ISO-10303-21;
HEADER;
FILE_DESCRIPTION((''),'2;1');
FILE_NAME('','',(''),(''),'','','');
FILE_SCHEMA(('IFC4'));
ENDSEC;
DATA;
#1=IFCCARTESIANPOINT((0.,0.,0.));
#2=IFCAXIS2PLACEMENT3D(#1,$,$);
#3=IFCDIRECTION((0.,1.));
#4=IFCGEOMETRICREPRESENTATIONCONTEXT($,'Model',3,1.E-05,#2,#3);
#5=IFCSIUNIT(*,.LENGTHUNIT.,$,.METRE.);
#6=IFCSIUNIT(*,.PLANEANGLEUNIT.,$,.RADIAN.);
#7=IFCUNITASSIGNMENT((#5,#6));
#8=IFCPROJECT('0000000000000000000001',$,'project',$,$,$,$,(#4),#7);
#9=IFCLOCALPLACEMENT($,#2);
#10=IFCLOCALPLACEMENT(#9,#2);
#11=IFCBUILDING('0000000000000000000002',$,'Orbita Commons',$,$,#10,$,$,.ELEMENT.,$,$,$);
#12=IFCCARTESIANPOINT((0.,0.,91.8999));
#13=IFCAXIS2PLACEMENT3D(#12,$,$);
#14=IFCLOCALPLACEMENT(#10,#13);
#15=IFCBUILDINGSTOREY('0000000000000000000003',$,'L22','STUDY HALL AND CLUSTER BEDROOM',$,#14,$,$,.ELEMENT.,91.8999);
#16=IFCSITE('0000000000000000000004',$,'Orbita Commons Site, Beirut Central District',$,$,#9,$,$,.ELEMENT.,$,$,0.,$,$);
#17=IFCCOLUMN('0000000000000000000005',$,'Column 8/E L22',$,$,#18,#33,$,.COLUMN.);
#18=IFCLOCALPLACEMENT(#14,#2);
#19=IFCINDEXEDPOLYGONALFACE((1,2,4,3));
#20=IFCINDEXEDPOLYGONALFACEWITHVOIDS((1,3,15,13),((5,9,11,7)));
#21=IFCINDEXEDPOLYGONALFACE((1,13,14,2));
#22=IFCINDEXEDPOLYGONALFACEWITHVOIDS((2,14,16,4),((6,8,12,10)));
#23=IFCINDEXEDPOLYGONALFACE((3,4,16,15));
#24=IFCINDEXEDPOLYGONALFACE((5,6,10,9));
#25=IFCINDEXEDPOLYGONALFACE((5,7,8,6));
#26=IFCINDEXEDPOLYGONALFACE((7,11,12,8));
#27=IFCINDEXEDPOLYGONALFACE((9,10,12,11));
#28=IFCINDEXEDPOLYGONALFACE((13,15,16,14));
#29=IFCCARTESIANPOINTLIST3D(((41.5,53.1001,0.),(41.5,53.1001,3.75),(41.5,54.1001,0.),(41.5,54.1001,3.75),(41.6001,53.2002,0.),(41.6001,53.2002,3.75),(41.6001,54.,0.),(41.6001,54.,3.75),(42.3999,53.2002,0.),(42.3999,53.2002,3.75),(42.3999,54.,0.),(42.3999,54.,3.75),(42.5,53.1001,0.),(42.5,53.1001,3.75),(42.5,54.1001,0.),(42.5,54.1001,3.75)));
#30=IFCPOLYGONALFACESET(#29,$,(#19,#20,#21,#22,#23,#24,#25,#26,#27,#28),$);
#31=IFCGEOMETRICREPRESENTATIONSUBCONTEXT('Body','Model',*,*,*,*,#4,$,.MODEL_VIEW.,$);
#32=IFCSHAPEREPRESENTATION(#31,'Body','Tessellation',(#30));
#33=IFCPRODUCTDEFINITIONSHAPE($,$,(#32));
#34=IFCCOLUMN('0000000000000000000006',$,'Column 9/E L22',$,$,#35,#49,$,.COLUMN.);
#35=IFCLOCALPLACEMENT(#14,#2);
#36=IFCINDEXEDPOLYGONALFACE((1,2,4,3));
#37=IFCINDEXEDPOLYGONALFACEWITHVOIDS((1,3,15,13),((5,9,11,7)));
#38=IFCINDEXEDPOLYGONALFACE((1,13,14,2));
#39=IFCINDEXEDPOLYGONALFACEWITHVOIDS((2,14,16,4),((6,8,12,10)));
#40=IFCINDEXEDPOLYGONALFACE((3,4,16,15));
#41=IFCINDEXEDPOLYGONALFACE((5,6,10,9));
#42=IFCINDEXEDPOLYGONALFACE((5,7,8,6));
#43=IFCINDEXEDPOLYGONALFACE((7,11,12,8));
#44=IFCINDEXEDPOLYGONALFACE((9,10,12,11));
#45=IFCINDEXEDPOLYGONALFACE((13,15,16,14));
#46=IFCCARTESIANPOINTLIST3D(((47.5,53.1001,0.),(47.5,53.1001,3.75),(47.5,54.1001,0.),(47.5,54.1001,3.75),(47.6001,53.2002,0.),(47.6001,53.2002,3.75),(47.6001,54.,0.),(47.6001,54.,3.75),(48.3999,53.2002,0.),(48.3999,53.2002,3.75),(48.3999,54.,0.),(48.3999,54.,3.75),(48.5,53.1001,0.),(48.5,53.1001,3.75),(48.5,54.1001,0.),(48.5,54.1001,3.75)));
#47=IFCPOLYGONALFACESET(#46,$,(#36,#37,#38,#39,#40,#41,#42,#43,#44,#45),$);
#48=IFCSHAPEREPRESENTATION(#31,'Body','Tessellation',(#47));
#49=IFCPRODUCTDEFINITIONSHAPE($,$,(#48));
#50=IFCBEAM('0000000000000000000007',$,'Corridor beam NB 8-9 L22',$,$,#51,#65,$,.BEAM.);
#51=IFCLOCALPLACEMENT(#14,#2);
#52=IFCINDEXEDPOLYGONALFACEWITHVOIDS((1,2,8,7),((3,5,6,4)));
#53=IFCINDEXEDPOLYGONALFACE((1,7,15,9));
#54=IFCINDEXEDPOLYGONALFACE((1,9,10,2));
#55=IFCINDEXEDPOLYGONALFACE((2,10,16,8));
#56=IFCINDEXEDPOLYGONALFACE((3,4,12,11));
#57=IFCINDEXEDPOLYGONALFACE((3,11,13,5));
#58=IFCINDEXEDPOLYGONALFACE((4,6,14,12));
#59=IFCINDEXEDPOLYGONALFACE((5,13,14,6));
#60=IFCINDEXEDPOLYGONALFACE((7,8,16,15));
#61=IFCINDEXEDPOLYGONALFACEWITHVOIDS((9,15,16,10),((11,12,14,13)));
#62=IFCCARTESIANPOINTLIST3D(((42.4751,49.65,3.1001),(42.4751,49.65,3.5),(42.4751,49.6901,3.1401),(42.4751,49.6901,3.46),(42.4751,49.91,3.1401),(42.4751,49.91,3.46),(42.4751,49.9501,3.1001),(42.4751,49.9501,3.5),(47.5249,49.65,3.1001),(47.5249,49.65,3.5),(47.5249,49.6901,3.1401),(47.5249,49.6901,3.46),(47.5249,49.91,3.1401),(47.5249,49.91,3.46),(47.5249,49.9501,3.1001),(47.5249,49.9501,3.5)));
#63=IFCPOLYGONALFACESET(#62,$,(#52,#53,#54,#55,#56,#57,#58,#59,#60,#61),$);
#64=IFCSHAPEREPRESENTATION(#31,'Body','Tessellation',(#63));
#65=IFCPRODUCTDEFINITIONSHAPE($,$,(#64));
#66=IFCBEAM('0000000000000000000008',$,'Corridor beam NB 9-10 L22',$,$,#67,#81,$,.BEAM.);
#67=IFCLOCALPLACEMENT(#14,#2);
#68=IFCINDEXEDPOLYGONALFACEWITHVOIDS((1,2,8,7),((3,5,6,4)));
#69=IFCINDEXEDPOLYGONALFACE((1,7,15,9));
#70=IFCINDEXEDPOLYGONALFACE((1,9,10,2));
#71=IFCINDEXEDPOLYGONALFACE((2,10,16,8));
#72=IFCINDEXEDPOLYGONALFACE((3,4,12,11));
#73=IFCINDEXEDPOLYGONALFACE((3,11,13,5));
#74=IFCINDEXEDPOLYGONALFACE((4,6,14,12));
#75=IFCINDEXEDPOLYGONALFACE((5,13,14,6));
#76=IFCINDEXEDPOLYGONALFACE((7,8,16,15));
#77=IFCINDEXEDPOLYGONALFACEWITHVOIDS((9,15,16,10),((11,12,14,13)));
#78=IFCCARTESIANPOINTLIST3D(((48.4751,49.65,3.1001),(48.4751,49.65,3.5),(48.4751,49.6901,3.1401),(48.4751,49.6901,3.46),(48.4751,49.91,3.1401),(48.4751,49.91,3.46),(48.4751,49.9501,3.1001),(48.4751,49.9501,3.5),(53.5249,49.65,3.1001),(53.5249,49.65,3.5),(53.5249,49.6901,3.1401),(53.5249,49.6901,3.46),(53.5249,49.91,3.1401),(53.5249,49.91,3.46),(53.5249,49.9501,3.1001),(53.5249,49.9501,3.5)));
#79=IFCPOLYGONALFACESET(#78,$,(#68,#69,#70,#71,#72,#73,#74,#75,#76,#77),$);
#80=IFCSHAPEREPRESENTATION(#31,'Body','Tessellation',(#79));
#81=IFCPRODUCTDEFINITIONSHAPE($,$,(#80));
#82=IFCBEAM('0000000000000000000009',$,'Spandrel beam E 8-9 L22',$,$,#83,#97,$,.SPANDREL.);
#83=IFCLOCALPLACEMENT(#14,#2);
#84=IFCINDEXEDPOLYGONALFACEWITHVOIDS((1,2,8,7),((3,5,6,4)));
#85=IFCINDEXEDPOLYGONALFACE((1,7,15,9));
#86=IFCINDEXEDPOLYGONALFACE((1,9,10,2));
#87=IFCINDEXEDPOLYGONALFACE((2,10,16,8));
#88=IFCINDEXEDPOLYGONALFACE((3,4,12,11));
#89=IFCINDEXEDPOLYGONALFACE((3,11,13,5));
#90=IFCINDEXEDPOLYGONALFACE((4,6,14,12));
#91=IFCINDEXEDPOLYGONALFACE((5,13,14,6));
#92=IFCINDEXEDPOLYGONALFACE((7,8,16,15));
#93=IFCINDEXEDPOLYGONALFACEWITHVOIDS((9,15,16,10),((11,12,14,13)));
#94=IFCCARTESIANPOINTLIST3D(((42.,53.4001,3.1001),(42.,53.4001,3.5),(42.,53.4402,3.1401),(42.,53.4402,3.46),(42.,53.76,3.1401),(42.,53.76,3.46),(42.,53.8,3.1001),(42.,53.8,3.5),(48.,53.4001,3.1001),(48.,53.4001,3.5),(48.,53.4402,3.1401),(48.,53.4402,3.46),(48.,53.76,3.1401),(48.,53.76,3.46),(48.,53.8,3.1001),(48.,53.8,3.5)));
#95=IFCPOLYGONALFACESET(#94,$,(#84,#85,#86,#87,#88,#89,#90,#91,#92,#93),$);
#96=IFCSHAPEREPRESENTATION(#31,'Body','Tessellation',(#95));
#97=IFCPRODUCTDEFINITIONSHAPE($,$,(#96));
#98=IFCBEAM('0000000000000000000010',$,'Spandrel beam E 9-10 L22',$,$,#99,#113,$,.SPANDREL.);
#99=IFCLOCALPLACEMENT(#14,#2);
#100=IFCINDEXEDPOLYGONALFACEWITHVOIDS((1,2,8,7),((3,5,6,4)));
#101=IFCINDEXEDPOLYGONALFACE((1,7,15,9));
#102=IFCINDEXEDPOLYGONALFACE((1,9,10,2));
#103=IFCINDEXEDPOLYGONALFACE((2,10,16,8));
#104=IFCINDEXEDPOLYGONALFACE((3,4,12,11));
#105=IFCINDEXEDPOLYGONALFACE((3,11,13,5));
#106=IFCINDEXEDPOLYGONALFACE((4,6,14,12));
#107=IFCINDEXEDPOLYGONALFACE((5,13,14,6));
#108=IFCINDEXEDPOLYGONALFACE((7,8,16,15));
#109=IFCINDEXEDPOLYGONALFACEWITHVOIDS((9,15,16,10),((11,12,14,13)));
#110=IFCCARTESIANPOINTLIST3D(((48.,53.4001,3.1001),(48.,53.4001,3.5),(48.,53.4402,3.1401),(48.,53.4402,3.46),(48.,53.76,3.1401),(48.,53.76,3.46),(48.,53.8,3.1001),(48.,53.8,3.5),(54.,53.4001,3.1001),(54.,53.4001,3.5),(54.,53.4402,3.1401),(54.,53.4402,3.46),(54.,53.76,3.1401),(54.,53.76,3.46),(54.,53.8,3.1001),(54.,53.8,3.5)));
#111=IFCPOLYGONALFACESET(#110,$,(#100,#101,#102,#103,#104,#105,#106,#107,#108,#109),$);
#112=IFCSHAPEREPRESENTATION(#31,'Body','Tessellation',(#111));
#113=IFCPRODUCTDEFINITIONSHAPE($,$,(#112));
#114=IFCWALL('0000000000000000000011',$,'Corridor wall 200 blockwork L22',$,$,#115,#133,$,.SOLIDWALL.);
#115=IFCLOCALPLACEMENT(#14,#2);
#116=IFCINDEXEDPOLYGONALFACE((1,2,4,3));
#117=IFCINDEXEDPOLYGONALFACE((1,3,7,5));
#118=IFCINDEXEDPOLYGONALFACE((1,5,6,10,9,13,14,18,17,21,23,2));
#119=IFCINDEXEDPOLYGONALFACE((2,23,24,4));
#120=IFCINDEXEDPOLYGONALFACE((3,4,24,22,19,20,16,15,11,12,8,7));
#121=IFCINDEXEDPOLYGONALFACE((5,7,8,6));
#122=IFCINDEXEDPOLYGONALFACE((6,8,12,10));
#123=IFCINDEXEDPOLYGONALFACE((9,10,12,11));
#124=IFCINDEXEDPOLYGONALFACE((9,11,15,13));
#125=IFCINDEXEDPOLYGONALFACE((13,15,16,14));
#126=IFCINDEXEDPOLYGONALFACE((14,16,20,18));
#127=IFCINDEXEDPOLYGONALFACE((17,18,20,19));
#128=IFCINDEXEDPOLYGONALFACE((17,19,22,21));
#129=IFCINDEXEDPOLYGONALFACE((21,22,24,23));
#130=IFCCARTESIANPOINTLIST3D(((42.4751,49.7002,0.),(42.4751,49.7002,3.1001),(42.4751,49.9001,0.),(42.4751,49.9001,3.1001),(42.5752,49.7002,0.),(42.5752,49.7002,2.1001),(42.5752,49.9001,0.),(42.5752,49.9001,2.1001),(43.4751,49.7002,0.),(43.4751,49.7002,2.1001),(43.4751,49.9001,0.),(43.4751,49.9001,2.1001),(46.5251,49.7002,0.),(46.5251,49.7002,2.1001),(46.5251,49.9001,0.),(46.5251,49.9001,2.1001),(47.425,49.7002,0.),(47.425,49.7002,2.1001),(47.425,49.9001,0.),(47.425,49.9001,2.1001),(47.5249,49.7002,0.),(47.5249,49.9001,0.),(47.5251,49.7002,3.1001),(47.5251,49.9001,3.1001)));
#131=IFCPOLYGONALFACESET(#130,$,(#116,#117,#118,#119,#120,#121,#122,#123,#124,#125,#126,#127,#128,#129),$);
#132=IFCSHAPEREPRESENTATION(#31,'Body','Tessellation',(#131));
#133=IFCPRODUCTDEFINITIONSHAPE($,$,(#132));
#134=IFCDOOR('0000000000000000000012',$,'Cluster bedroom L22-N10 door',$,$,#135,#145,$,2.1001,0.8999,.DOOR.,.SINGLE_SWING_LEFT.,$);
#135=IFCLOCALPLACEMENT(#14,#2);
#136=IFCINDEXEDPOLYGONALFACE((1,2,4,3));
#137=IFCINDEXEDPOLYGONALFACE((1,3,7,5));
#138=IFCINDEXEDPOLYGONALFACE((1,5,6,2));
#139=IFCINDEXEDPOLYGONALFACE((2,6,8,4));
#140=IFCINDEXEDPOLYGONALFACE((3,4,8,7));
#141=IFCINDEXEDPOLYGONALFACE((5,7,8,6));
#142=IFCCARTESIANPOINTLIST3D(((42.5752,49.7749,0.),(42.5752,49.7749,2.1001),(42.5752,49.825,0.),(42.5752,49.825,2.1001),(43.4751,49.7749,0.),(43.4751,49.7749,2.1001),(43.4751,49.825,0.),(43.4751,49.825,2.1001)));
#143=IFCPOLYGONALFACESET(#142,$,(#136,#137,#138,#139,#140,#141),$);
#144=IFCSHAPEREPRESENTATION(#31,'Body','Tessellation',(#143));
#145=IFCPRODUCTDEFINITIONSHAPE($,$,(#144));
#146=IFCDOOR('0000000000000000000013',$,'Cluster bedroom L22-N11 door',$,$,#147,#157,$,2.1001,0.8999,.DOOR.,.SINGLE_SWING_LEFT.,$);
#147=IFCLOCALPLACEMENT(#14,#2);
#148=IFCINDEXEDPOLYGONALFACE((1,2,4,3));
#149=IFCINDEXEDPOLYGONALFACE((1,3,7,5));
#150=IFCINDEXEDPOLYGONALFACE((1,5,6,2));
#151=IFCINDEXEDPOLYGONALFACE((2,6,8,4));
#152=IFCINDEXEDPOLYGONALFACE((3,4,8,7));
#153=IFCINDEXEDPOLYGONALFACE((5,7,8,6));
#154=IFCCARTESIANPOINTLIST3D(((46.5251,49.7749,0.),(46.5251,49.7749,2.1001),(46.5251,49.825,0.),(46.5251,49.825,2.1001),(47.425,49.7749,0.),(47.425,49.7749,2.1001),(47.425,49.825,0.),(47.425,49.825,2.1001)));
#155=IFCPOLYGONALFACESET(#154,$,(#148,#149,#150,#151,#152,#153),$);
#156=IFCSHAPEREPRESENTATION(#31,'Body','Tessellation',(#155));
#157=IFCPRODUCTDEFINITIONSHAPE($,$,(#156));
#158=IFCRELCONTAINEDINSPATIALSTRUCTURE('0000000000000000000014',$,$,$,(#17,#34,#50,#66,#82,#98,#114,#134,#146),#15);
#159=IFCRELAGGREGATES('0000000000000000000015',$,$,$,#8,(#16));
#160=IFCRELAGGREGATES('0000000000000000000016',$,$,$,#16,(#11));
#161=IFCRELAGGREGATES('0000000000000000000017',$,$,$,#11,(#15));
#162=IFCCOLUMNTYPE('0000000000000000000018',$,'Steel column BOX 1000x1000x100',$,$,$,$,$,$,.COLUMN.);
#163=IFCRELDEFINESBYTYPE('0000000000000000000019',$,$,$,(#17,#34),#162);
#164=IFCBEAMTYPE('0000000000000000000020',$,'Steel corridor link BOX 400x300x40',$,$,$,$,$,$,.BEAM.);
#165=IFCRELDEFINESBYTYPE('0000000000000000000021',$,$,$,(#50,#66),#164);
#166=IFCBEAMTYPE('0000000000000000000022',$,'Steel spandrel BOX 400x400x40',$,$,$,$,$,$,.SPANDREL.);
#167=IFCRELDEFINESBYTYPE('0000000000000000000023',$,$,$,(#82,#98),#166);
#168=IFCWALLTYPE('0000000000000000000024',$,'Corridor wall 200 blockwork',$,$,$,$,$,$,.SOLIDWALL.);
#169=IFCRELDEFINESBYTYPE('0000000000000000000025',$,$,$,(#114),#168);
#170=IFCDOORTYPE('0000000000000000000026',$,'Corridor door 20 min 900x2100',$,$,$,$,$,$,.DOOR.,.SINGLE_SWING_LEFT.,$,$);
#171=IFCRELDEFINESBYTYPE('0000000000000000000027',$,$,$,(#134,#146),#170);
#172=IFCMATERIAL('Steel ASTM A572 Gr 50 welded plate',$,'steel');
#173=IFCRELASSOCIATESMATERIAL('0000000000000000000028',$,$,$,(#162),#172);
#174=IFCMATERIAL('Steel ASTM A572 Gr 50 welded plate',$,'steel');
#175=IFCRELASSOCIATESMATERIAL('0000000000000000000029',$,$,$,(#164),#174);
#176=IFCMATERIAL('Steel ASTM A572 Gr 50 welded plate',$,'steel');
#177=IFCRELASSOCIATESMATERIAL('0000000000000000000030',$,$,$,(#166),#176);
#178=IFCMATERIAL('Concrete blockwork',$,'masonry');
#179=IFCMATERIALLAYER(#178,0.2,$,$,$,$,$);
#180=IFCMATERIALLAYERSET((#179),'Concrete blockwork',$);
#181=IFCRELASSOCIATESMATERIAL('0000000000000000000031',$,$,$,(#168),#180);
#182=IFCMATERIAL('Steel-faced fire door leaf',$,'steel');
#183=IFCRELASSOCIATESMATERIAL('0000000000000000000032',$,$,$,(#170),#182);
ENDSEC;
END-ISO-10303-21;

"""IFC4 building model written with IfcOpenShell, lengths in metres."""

from ifc_helpers import new_model, si_unit, direction, frame, frame_2d, origin, origin_2d, place, context, subcontext, project, spatial, polyline, rectangle, hollow_rectangle, outline, extrude, material, layer, layer_set, material_profile, profile_set, type_object, element, fill, save


model = new_model("IFC4")

# Units and contexts
model_context = context("Model", 3, precision=1e-05, world=origin(), true_north=direction((0.0, 1.0)))
body_context = subcontext(model_context, "Body", "Model", "MODEL_VIEW")
ifc_project = project(units=[si_unit("LENGTHUNIT", "METRE"), si_unit("PLANEANGLEUNIT", "RADIAN")], contexts=[model_context])

# Site, building, storey
site_placement = place(None, origin())
site = spatial("IfcSite", under=ifc_project, at=site_placement, Name="Orbita Commons Site, Beirut Central District", CompositionType="ELEMENT", RefElevation=0.0)
building_placement = place(site_placement, origin())
building = spatial("IfcBuilding", under=site, at=building_placement, Name="Orbita Commons", CompositionType="ELEMENT")
storey_placement = place(building_placement, frame((0.0, 0.0, 91.8999)))
storey = spatial("IfcBuildingStorey", under=building, at=storey_placement, Name="L22", Description="STUDY HALL AND CLUSTER BEDROOM", CompositionType="ELEMENT", Elevation=91.8999)

# Columns
ifc_material_1 = material(Name="Steel ASTM A572 Gr 50 welded plate", Category="steel")
ifc_material_profile_1 = material_profile(ifc_material_1, hollow_rectangle(XDim=1.0, YDim=1.0, WallThickness=0.1001, at=origin_2d()), Name="BOX 1000x1000x100")
ifc_profile_set_1 = profile_set([ifc_material_profile_1], Name="Steel ASTM A572 Gr 50 welded plate")
column_type = type_object("IfcColumnType", Name="Steel column BOX 1000x1000x100", PredefinedType="COLUMN", material=ifc_profile_set_1)
for number, where, z_axis, x_axis, name in (
    (1, (42.0, 53.6001, 0.0), (0.0, 0.0, 1.0), (1.0, 0.0, 0.0), "Column 8/E L22"),
    (2, (48.0, 53.6001, 0.0), (0.0, 0.0, 1.0), (1.0, 0.0, 0.0), "Column 9/E L22"),
):
    element("IfcColumn", number, at=place(storey_placement, frame(where, z_axis=z_axis, x_axis=x_axis)), inside=storey, type_object=column_type, Name=name, PredefinedType="COLUMN", context=body_context, shape_type="SweptSolid", body=[
        extrude(hollow_rectangle(XDim=1.0, YDim=1.0, WallThickness=0.1001, at=origin_2d()), origin(), (0.0, 0.0, 1.0), 3.75),
    ])

# Beams
ifc_material_2 = material(Name="Steel ASTM A572 Gr 50 welded plate", Category="steel")
ifc_material_profile_2 = material_profile(ifc_material_2, hollow_rectangle(XDim=0.3, YDim=0.3999, WallThickness=0.04, at=origin_2d()), Name="BOX 400x300x40")
ifc_profile_set_2 = profile_set([ifc_material_profile_2], Name="Steel ASTM A572 Gr 50 welded plate")
beam_type_1 = type_object("IfcBeamType", Name="Steel corridor link BOX 400x300x40", PredefinedType="BEAM", material=ifc_profile_set_2)
for number, where, z_axis, x_axis, name in (
    (3, (42.4751, 49.8, 3.3), (1.0, 0.0, 0.0), (0.0, 1.0, 0.0), "Corridor beam NB 8-9 L22"),
    (4, (48.4751, 49.8, 3.3), (1.0, 0.0, 0.0), (0.0, 1.0, 0.0), "Corridor beam NB 9-10 L22"),
):
    element("IfcBeam", number, at=place(storey_placement, frame(where, z_axis=z_axis, x_axis=x_axis)), inside=storey, type_object=beam_type_1, Name=name, PredefinedType="BEAM", context=body_context, shape_type="SweptSolid", body=[
        extrude(hollow_rectangle(XDim=0.3, YDim=0.3999, WallThickness=0.04, at=origin_2d()), origin(), (0.0, 0.0, 1.0), 5.0498),
    ])
ifc_material_3 = material(Name="Steel ASTM A572 Gr 50 welded plate", Category="steel")
ifc_material_profile_3 = material_profile(ifc_material_3, hollow_rectangle(XDim=0.3999, YDim=0.3999, WallThickness=0.04, at=origin_2d()), Name="BOX 400x400x40")
ifc_profile_set_3 = profile_set([ifc_material_profile_3], Name="Steel ASTM A572 Gr 50 welded plate")
beam_type_2 = type_object("IfcBeamType", Name="Steel spandrel BOX 400x400x40", PredefinedType="SPANDREL", material=ifc_profile_set_3)
for number, where, z_axis, x_axis, name in (
    (5, (42.0, 53.6001, 3.3), (1.0, 0.0, 0.0), (0.0, 1.0, 0.0), "Spandrel beam E 8-9 L22"),
    (6, (48.0, 53.6001, 3.3), (1.0, 0.0, 0.0), (0.0, 1.0, 0.0), "Spandrel beam E 9-10 L22"),
):
    element("IfcBeam", number, at=place(storey_placement, frame(where, z_axis=z_axis, x_axis=x_axis)), inside=storey, type_object=beam_type_2, Name=name, PredefinedType="SPANDREL", context=body_context, shape_type="SweptSolid", body=[
        extrude(hollow_rectangle(XDim=0.3999, YDim=0.3999, WallThickness=0.04, at=origin_2d()), origin(), (0.0, 0.0, 1.0), 6.0),
    ])

# Wall, openings, doors
ifc_material_4 = material(Name="Concrete blockwork", Category="masonry")
ifc_layer_1 = layer(ifc_material_4, 0.2)
ifc_layer_set_1 = layer_set([ifc_layer_1], Name="Concrete blockwork")
wall_type_1 = type_object("IfcWallType", Name="Corridor wall 200 blockwork", PredefinedType="SOLIDWALL", material=ifc_layer_set_1)
wall_1_placement = place(storey_placement, frame((42.4751, 49.8, 0.0), z_axis=(0.0, 0.0, 1.0), x_axis=(1.0, 0.0, 0.0)))
wall_1 = element("IfcWall", 7, at=wall_1_placement, inside=storey, type_object=wall_type_1, Name="Corridor wall 200 blockwork L22", PredefinedType="SOLIDWALL", context=body_context, shape_type="SweptSolid", body=[
    extrude(outline(polyline([(0.0, 0.0), (5.0498, 0.0), (5.05, 3.1001), (0.0, 3.1001), (0.0, 0.0)])), frame((0.0, 0.1001, 0.0), z_axis=(0.0, -1.0, 0.0), x_axis=(1.0, 0.0, 0.0)), (0.0, 0.0, 1.0), 0.2),
])
opening_1_placement = place(wall_1_placement, frame((0.1001, 0.0, 0.0)))
opening_1 = element("IfcOpeningElement", 8, at=opening_1_placement, cuts=wall_1, PredefinedType="OPENING", context=body_context, shape_type="SweptSolid", body=[
    extrude(rectangle(XDim=0.8999, YDim=2.1001, at=frame_2d((0.45, 1.05))), frame((0.0, 0.1099, 0.0), z_axis=(0.0, -1.0, 0.0), x_axis=(1.0, 0.0, 0.0)), (0.0, 0.0, 1.0), 0.22),
])
opening_2_placement = place(wall_1_placement, frame((4.05, 0.0, 0.0)))
opening_2 = element("IfcOpeningElement", 9, at=opening_2_placement, cuts=wall_1, PredefinedType="OPENING", context=body_context, shape_type="SweptSolid", body=[
    extrude(rectangle(XDim=0.8999, YDim=2.1001, at=frame_2d((0.45, 1.05))), frame((0.0, 0.1099, 0.0), z_axis=(0.0, -1.0, 0.0), x_axis=(1.0, 0.0, 0.0)), (0.0, 0.0, 1.0), 0.22),
])
ifc_material_5 = material(Name="Steel-faced fire door leaf", Category="steel")
door_type_1 = type_object("IfcDoorType", Name="Corridor door 20 min 900x2100", OperationType="SINGLE_SWING_LEFT", PredefinedType="DOOR", material=ifc_material_5)
door_1_placement = place(opening_1_placement, origin())
door_1 = element("IfcDoor", 10, at=door_1_placement, inside=storey, type_object=door_type_1, Name="Cluster bedroom L22-N10 door", OperationType="SINGLE_SWING_LEFT", OverallHeight=2.1001, OverallWidth=0.8999, PredefinedType="DOOR", context=body_context, shape_type="SweptSolid", body=[
    extrude(rectangle(XDim=0.8999, YDim=2.1001, at=frame_2d((0.45, 1.05))), frame((0.0, 0.0249, 0.0), z_axis=(0.0, -1.0, 0.0), x_axis=(1.0, 0.0, 0.0)), (0.0, 0.0, 1.0), 0.05),
])
fill(opening_1, door_1)
door_2_placement = place(opening_2_placement, origin())
door_2 = element("IfcDoor", 11, at=door_2_placement, inside=storey, type_object=door_type_1, Name="Cluster bedroom L22-N11 door", OperationType="SINGLE_SWING_LEFT", OverallHeight=2.1001, OverallWidth=0.8999, PredefinedType="DOOR", context=body_context, shape_type="SweptSolid", body=[
    extrude(rectangle(XDim=0.8999, YDim=2.1001, at=frame_2d((0.45, 1.05))), frame((0.0, 0.0249, 0.0), z_axis=(0.0, -1.0, 0.0), x_axis=(1.0, 0.0, 0.0)), (0.0, 0.0, 1.0), 0.05),
])
fill(opening_2, door_2)

save(model, "model.ifc")
